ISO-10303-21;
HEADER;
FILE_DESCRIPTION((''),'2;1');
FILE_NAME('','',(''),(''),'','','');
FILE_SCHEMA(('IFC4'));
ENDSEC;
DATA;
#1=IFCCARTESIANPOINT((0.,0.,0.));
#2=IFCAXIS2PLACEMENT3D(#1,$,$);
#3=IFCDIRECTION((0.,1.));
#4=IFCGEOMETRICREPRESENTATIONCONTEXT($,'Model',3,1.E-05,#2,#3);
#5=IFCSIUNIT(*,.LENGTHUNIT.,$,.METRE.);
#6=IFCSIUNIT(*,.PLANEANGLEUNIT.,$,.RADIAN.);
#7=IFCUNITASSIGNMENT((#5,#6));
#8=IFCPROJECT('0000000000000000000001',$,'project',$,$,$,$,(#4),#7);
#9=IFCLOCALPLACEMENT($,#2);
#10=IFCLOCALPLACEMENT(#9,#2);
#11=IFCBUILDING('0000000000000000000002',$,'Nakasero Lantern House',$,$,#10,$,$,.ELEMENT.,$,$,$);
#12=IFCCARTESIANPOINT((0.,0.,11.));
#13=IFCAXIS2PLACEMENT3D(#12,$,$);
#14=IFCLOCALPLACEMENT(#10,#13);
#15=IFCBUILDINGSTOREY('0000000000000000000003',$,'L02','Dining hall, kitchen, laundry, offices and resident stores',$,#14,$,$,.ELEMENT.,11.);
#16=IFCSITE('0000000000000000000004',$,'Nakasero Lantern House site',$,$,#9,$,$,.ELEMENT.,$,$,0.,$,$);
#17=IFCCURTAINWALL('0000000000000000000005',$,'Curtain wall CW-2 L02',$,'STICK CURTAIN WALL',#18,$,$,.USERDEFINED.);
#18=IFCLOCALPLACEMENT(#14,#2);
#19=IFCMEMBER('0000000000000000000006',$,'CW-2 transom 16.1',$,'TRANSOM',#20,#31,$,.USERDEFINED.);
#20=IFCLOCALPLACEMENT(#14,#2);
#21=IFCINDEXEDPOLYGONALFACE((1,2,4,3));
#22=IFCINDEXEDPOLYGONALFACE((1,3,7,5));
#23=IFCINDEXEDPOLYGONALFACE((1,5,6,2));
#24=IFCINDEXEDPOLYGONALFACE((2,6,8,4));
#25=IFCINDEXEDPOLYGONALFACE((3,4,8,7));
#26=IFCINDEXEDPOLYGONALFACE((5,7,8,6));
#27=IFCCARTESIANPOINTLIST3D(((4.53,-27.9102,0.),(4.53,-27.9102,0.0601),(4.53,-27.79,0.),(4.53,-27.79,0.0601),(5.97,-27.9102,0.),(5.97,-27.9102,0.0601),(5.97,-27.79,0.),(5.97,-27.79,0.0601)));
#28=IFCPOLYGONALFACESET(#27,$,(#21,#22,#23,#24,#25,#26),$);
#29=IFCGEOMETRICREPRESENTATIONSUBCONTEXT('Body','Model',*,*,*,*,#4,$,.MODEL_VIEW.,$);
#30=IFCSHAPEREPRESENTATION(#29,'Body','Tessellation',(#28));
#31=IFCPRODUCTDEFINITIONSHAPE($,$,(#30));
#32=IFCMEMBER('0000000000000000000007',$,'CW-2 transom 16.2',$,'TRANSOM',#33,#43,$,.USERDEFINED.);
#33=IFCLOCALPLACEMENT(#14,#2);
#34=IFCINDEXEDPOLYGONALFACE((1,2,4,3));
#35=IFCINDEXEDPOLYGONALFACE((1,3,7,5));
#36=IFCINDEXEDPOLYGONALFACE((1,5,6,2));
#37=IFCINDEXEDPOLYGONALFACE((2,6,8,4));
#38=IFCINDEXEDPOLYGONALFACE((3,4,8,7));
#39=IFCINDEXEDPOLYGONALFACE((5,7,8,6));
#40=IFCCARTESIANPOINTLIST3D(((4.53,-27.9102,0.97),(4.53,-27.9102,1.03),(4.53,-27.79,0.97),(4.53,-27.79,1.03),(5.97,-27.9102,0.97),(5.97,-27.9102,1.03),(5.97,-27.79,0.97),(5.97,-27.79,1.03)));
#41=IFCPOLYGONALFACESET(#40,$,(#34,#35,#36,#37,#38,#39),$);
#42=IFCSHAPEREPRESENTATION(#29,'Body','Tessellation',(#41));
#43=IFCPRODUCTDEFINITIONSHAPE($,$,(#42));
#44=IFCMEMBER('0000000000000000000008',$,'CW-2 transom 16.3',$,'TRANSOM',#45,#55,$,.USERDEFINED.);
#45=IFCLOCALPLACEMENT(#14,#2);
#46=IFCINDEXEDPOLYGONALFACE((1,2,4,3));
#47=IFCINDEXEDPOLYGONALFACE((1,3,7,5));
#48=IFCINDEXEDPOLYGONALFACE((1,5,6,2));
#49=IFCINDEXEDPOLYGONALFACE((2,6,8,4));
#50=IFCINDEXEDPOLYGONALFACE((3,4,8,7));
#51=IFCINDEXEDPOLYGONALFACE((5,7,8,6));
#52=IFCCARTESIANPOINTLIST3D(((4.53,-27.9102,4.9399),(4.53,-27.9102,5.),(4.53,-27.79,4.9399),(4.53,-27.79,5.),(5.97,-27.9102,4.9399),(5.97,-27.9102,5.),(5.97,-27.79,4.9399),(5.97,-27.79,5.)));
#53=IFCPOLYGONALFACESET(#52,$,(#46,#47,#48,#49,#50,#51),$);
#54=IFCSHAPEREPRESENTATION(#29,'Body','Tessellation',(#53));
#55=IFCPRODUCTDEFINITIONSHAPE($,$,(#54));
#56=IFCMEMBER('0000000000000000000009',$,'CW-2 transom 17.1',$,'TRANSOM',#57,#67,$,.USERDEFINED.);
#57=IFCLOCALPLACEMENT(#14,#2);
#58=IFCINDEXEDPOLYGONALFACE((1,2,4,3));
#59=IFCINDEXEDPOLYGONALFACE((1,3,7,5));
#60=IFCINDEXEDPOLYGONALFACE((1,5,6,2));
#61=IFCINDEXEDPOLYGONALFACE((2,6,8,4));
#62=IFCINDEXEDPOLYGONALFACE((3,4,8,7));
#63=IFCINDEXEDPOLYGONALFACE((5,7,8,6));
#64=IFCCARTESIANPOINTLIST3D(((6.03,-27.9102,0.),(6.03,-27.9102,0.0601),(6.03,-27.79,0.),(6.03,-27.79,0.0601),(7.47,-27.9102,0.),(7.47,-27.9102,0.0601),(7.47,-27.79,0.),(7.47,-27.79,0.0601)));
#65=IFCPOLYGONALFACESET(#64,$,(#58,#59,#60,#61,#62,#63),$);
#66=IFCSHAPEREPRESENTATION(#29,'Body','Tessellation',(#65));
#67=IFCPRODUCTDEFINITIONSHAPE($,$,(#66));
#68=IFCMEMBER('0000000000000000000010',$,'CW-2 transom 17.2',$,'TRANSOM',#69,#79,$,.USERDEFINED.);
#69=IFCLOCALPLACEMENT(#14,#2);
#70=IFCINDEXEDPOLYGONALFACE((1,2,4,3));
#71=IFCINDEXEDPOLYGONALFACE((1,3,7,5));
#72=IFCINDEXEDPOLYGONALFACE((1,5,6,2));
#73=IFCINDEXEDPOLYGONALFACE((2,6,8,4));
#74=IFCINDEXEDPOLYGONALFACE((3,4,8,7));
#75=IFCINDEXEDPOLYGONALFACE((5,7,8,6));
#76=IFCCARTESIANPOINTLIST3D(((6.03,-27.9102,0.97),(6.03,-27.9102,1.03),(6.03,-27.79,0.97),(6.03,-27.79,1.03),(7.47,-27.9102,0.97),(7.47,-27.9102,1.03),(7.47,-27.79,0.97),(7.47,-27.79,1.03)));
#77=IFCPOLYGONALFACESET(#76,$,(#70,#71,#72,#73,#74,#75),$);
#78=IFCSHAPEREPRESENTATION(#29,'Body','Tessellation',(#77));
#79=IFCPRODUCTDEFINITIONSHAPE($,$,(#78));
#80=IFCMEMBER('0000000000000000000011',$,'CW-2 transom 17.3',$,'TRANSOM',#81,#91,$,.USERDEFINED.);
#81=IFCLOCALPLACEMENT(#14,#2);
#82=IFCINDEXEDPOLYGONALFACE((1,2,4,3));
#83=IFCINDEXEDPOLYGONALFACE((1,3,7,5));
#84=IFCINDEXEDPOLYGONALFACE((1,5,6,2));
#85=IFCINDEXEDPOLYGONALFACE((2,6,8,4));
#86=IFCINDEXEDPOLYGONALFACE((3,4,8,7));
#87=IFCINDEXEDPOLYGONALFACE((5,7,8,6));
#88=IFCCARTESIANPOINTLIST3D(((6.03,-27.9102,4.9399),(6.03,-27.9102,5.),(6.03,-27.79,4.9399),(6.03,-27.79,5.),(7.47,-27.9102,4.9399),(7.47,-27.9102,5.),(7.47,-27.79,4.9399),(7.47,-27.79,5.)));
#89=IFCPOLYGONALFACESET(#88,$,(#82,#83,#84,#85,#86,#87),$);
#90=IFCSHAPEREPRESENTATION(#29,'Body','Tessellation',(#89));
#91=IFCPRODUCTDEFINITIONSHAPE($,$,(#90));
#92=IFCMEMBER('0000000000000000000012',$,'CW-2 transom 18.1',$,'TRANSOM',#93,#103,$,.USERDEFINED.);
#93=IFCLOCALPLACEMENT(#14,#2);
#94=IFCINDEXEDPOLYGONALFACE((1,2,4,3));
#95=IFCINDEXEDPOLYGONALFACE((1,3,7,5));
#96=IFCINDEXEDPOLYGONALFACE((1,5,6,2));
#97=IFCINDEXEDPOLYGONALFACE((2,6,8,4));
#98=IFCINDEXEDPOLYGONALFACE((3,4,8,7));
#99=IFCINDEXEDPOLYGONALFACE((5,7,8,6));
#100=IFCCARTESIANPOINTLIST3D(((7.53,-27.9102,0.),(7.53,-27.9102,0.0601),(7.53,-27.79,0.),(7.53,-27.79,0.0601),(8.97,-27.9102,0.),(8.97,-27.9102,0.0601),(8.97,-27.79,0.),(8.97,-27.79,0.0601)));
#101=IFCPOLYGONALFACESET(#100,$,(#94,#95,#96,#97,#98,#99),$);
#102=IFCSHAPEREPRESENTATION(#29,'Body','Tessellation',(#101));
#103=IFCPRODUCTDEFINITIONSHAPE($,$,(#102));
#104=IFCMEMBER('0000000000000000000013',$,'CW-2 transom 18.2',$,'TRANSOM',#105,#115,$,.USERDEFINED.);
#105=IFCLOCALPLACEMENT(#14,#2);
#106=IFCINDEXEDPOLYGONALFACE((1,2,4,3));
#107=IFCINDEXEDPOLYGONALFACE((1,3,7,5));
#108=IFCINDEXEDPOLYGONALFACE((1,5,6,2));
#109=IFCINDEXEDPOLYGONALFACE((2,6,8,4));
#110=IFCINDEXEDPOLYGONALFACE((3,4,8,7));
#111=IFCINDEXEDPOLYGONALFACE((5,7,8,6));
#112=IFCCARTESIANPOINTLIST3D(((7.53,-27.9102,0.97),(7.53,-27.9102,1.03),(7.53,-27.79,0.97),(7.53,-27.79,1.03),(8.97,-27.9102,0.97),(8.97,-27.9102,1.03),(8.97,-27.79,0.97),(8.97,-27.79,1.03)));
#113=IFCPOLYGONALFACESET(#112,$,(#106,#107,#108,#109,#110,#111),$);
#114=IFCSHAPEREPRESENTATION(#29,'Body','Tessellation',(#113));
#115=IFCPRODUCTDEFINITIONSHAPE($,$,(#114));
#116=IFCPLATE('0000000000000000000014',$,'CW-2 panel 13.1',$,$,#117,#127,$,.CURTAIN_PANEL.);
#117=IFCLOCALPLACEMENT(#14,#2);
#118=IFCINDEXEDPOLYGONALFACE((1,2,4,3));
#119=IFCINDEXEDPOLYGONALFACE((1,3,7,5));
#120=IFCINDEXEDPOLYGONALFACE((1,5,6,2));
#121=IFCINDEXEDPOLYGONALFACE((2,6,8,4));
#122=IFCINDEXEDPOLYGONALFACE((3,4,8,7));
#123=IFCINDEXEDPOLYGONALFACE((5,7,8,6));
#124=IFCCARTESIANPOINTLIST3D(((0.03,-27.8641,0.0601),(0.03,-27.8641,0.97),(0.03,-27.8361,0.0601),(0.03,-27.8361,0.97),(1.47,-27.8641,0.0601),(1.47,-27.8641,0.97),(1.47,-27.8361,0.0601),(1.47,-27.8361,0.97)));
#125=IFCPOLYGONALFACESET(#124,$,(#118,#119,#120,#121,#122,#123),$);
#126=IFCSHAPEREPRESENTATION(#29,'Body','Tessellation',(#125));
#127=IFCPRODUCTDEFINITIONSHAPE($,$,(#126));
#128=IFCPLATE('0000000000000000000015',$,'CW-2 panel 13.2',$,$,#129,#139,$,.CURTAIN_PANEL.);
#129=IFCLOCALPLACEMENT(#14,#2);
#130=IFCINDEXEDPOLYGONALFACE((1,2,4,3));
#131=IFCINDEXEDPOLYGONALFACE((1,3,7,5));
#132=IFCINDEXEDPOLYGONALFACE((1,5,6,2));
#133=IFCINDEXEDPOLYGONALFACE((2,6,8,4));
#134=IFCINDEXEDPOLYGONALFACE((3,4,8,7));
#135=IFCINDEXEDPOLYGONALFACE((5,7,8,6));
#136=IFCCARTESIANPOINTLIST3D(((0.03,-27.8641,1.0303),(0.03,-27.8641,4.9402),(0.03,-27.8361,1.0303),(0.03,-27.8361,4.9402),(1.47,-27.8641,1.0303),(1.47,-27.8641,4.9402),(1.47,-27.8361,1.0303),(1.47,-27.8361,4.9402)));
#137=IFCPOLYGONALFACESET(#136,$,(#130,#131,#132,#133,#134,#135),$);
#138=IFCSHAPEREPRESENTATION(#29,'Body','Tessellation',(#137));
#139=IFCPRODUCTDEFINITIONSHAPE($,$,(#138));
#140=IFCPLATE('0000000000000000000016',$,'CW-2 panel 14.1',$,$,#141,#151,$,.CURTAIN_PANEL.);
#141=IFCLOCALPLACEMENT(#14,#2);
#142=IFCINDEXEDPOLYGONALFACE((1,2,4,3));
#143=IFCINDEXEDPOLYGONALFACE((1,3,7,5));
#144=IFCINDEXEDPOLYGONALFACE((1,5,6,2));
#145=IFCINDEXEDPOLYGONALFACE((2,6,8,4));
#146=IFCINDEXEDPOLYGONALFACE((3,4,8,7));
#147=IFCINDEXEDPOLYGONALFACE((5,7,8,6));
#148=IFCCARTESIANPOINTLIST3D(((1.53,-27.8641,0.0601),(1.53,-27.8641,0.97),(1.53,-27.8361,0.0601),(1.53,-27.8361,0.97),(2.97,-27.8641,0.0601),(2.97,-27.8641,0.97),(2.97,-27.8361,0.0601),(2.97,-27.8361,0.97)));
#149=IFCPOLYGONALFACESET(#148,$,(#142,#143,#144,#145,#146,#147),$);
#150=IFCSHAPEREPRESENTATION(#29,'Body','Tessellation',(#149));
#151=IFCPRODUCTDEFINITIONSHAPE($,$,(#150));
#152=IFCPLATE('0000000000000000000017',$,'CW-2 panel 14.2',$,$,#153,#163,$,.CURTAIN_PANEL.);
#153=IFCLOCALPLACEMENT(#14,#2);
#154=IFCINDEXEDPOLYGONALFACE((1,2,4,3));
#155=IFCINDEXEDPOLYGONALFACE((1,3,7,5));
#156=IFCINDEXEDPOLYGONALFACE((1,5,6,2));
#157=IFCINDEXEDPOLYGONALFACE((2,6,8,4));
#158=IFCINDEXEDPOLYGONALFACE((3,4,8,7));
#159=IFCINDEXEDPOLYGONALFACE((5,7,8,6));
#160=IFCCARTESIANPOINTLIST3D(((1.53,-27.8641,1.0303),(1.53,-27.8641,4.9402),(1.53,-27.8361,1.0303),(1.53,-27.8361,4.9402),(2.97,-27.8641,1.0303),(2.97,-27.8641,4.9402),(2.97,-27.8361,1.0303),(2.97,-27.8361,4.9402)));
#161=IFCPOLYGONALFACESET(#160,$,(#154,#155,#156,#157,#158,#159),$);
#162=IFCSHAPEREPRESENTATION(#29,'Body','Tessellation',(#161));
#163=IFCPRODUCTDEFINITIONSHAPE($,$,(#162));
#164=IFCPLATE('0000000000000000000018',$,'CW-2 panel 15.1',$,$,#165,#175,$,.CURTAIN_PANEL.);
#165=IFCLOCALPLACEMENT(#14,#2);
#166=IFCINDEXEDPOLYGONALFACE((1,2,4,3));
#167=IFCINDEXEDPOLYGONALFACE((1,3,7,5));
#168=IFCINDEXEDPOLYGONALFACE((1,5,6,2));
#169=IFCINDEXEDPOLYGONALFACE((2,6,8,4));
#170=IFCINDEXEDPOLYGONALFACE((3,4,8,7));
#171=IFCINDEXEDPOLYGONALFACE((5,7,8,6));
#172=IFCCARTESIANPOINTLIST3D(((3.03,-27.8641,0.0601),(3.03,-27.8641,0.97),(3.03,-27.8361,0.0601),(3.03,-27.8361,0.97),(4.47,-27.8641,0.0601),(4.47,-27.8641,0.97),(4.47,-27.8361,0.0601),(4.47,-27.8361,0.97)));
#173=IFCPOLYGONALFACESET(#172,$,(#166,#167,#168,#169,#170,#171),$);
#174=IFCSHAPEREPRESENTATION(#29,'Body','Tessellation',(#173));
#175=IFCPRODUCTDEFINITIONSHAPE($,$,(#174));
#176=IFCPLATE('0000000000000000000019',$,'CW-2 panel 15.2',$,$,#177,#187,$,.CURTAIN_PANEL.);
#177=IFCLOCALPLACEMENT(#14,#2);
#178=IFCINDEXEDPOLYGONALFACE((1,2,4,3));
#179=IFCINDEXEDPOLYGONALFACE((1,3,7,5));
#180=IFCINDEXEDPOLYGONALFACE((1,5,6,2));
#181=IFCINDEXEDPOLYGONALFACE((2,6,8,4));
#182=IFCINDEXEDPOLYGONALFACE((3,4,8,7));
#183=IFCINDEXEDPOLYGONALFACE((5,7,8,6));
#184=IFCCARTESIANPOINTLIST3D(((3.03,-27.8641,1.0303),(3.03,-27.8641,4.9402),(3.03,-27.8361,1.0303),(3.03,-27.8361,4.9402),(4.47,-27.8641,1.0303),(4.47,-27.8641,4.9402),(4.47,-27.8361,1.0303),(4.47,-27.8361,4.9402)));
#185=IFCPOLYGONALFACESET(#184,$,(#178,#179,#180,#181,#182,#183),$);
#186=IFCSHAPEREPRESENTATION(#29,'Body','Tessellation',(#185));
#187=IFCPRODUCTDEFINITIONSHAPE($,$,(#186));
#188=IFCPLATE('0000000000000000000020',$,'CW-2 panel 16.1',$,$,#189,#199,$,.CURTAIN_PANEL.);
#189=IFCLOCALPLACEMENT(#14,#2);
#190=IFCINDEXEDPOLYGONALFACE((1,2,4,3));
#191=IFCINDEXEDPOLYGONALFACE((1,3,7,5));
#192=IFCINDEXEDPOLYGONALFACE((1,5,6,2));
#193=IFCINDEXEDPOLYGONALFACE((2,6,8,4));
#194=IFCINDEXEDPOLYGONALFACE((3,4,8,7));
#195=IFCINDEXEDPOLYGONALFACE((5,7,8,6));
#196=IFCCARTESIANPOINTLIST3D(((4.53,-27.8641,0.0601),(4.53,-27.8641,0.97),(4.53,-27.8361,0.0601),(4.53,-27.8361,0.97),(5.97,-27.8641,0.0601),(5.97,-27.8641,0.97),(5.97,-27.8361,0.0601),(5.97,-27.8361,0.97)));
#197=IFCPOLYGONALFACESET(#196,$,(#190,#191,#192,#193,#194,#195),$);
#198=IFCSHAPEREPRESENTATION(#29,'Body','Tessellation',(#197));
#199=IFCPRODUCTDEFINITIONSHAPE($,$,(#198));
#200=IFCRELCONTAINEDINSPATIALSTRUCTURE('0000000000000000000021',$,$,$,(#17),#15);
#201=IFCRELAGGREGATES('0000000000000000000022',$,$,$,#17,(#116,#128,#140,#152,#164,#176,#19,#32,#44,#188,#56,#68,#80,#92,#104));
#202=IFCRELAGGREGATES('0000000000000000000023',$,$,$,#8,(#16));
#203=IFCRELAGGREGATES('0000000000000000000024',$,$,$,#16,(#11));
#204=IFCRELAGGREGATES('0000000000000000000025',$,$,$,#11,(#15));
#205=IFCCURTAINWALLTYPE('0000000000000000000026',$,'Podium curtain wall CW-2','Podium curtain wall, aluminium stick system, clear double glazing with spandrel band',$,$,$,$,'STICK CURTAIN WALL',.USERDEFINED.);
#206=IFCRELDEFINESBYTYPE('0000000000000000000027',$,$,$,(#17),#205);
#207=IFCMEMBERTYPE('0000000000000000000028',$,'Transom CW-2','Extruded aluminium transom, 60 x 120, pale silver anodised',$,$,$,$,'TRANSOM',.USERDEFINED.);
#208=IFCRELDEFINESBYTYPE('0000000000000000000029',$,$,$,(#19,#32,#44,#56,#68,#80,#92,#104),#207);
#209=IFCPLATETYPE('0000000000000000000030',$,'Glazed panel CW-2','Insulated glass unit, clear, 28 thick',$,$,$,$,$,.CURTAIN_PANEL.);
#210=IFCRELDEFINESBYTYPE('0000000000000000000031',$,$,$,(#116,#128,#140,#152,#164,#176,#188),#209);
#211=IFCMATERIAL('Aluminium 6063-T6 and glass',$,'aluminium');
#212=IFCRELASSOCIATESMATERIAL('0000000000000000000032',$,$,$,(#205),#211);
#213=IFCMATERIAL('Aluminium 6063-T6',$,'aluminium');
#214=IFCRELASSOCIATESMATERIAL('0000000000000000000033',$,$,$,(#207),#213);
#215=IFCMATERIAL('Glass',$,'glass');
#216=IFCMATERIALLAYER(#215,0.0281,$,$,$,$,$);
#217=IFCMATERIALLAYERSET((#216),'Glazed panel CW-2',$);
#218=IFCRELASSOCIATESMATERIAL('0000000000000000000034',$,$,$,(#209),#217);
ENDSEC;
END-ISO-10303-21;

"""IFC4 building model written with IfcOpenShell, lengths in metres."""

from ifc_helpers import new_model, si_unit, direction, frame, origin, origin_2d, place, context, subcontext, project, spatial, rectangle, extrude, material, layer, layer_set, material_profile, profile_set, type_object, element, aggregate, save


model = new_model("IFC4")

# Units and contexts
model_context = context("Model", 3, precision=1e-05, world=origin(), true_north=direction((0.0, 1.0)))
body_context = subcontext(model_context, "Body", "Model", "MODEL_VIEW")
ifc_project = project(units=[si_unit("LENGTHUNIT", "METRE"), si_unit("PLANEANGLEUNIT", "RADIAN")], contexts=[model_context])

# Site, building, storey
site_placement = place(None, origin())
site = spatial("IfcSite", under=ifc_project, at=site_placement, Name="Nakasero Lantern House site", CompositionType="ELEMENT", RefElevation=0.0)
building_placement = place(site_placement, origin())
building = spatial("IfcBuilding", under=site, at=building_placement, Name="Nakasero Lantern House", CompositionType="ELEMENT")
storey_placement = place(building_placement, frame((0.0, 0.0, 11.0)))
storey = spatial("IfcBuildingStorey", under=building, at=storey_placement, Name="L02", Description="Dining hall, kitchen, laundry, offices and resident stores", CompositionType="ELEMENT", Elevation=11.0)

# Curtain wall, members, plates
ifc_material_1 = material(Name="Aluminium 6063-T6 and glass", Category="aluminium")
curtain_wall_type = type_object("IfcCurtainWallType", Name="Podium curtain wall CW-2", Description="Podium curtain wall, aluminium stick system, clear double glazing with spandrel band", ElementType="STICK CURTAIN WALL", PredefinedType="USERDEFINED", material=ifc_material_1)
curtain_wall_placement = place(storey_placement, origin())
curtain_wall = element("IfcCurtainWall", 1, at=curtain_wall_placement, inside=storey, type_object=curtain_wall_type, Name="Curtain wall CW-2 L02", ObjectType="STICK CURTAIN WALL", PredefinedType="USERDEFINED")
ifc_material_2 = material(Name="Aluminium 6063-T6", Category="aluminium")
ifc_material_profile_1 = material_profile(ifc_material_2, rectangle(XDim=0.0601, YDim=0.1201, at=origin_2d()), Name="CW-2 transom 60x120")
ifc_profile_set_1 = profile_set([ifc_material_profile_1], Name="Aluminium 6063-T6")
member_type_1 = type_object("IfcMemberType", Name="Transom CW-2", Description="Extruded aluminium transom, 60 x 120, pale silver anodised", ElementType="TRANSOM", PredefinedType="USERDEFINED", material=ifc_profile_set_1)
member_1_placement = place(storey_placement, frame((4.53, -27.8501, 0.03), z_axis=(1.0, 0.0, 0.0), x_axis=(0.0, 0.0, 1.0)))
member_1 = element("IfcMember", 2, at=member_1_placement, type_object=member_type_1, Name="CW-2 transom 16.1", ObjectType="TRANSOM", PredefinedType="USERDEFINED", context=body_context, shape_type="SweptSolid", body=[
    extrude(rectangle(XDim=0.0601, YDim=0.1201, at=origin_2d()), origin(), (0.0, 0.0, 1.0), 1.4399),
])
member_2_placement = place(storey_placement, frame((4.53, -27.8501, 1.0), z_axis=(1.0, 0.0, 0.0), x_axis=(0.0, 0.0, 1.0)))
member_2 = element("IfcMember", 3, at=member_2_placement, type_object=member_type_1, Name="CW-2 transom 16.2", ObjectType="TRANSOM", PredefinedType="USERDEFINED", context=body_context, shape_type="SweptSolid", body=[
    extrude(rectangle(XDim=0.0601, YDim=0.1201, at=origin_2d()), origin(), (0.0, 0.0, 1.0), 1.4399),
])
member_3_placement = place(storey_placement, frame((4.53, -27.8501, 4.97), z_axis=(1.0, 0.0, 0.0), x_axis=(0.0, 0.0, 1.0)))
member_3 = element("IfcMember", 4, at=member_3_placement, type_object=member_type_1, Name="CW-2 transom 16.3", ObjectType="TRANSOM", PredefinedType="USERDEFINED", context=body_context, shape_type="SweptSolid", body=[
    extrude(rectangle(XDim=0.0601, YDim=0.1201, at=origin_2d()), origin(), (0.0, 0.0, 1.0), 1.4399),
])
member_4_placement = place(storey_placement, frame((6.03, -27.8501, 0.03), z_axis=(1.0, 0.0, 0.0), x_axis=(0.0, 0.0, 1.0)))
member_4 = element("IfcMember", 5, at=member_4_placement, type_object=member_type_1, Name="CW-2 transom 17.1", ObjectType="TRANSOM", PredefinedType="USERDEFINED", context=body_context, shape_type="SweptSolid", body=[
    extrude(rectangle(XDim=0.0601, YDim=0.1201, at=origin_2d()), origin(), (0.0, 0.0, 1.0), 1.4399),
])
member_5_placement = place(storey_placement, frame((6.03, -27.8501, 1.0), z_axis=(1.0, 0.0, 0.0), x_axis=(0.0, 0.0, 1.0)))
member_5 = element("IfcMember", 6, at=member_5_placement, type_object=member_type_1, Name="CW-2 transom 17.2", ObjectType="TRANSOM", PredefinedType="USERDEFINED", context=body_context, shape_type="SweptSolid", body=[
    extrude(rectangle(XDim=0.0601, YDim=0.1201, at=origin_2d()), origin(), (0.0, 0.0, 1.0), 1.4399),
])
member_6_placement = place(storey_placement, frame((6.03, -27.8501, 4.97), z_axis=(1.0, 0.0, 0.0), x_axis=(0.0, 0.0, 1.0)))
member_6 = element("IfcMember", 7, at=member_6_placement, type_object=member_type_1, Name="CW-2 transom 17.3", ObjectType="TRANSOM", PredefinedType="USERDEFINED", context=body_context, shape_type="SweptSolid", body=[
    extrude(rectangle(XDim=0.0601, YDim=0.1201, at=origin_2d()), origin(), (0.0, 0.0, 1.0), 1.4399),
])
member_7_placement = place(storey_placement, frame((7.53, -27.8501, 0.03), z_axis=(1.0, 0.0, 0.0), x_axis=(0.0, 0.0, 1.0)))
member_7 = element("IfcMember", 8, at=member_7_placement, type_object=member_type_1, Name="CW-2 transom 18.1", ObjectType="TRANSOM", PredefinedType="USERDEFINED", context=body_context, shape_type="SweptSolid", body=[
    extrude(rectangle(XDim=0.0601, YDim=0.1201, at=origin_2d()), origin(), (0.0, 0.0, 1.0), 1.4399),
])
member_8_placement = place(storey_placement, frame((7.53, -27.8501, 1.0), z_axis=(1.0, 0.0, 0.0), x_axis=(0.0, 0.0, 1.0)))
member_8 = element("IfcMember", 9, at=member_8_placement, type_object=member_type_1, Name="CW-2 transom 18.2", ObjectType="TRANSOM", PredefinedType="USERDEFINED", context=body_context, shape_type="SweptSolid", body=[
    extrude(rectangle(XDim=0.0601, YDim=0.1201, at=origin_2d()), origin(), (0.0, 0.0, 1.0), 1.4399),
])
ifc_material_3 = material(Name="Glass", Category="glass")
ifc_layer = layer(ifc_material_3, 0.0281)
ifc_layer_set = layer_set([ifc_layer], Name="Glazed panel CW-2")
plate_type = type_object("IfcPlateType", Name="Glazed panel CW-2", Description="Insulated glass unit, clear, 28 thick", PredefinedType="CURTAIN_PANEL", material=ifc_layer_set)
plate_1_placement = place(storey_placement, frame((0.75, -27.8501, 0.0601), z_axis=(0.0, 0.0, 1.0), x_axis=(1.0, 0.0, 0.0)))
plate_1 = element("IfcPlate", 10, at=plate_1_placement, type_object=plate_type, Name="CW-2 panel 13.1", PredefinedType="CURTAIN_PANEL", context=body_context, shape_type="SweptSolid", body=[
    extrude(rectangle(XDim=1.4399, YDim=0.0281, at=origin_2d()), origin(), (0.0, 0.0, 1.0), 0.9099),
])
plate_2_placement = place(storey_placement, frame((0.75, -27.8501, 1.0303), z_axis=(0.0, 0.0, 1.0), x_axis=(1.0, 0.0, 0.0)))
plate_2 = element("IfcPlate", 11, at=plate_2_placement, type_object=plate_type, Name="CW-2 panel 13.2", PredefinedType="CURTAIN_PANEL", context=body_context, shape_type="SweptSolid", body=[
    extrude(rectangle(XDim=1.4399, YDim=0.0281, at=origin_2d()), origin(), (0.0, 0.0, 1.0), 3.9099),
])
plate_3_placement = place(storey_placement, frame((2.25, -27.8501, 0.0601), z_axis=(0.0, 0.0, 1.0), x_axis=(1.0, 0.0, 0.0)))
plate_3 = element("IfcPlate", 12, at=plate_3_placement, type_object=plate_type, Name="CW-2 panel 14.1", PredefinedType="CURTAIN_PANEL", context=body_context, shape_type="SweptSolid", body=[
    extrude(rectangle(XDim=1.4399, YDim=0.0281, at=origin_2d()), origin(), (0.0, 0.0, 1.0), 0.9099),
])
plate_4_placement = place(storey_placement, frame((2.25, -27.8501, 1.0303), z_axis=(0.0, 0.0, 1.0), x_axis=(1.0, 0.0, 0.0)))
plate_4 = element("IfcPlate", 13, at=plate_4_placement, type_object=plate_type, Name="CW-2 panel 14.2", PredefinedType="CURTAIN_PANEL", context=body_context, shape_type="SweptSolid", body=[
    extrude(rectangle(XDim=1.4399, YDim=0.0281, at=origin_2d()), origin(), (0.0, 0.0, 1.0), 3.9099),
])
plate_5_placement = place(storey_placement, frame((3.75, -27.8501, 0.0601), z_axis=(0.0, 0.0, 1.0), x_axis=(1.0, 0.0, 0.0)))
plate_5 = element("IfcPlate", 14, at=plate_5_placement, type_object=plate_type, Name="CW-2 panel 15.1", PredefinedType="CURTAIN_PANEL", context=body_context, shape_type="SweptSolid", body=[
    extrude(rectangle(XDim=1.4399, YDim=0.0281, at=origin_2d()), origin(), (0.0, 0.0, 1.0), 0.9099),
])
plate_6_placement = place(storey_placement, frame((3.75, -27.8501, 1.0303), z_axis=(0.0, 0.0, 1.0), x_axis=(1.0, 0.0, 0.0)))
plate_6 = element("IfcPlate", 15, at=plate_6_placement, type_object=plate_type, Name="CW-2 panel 15.2", PredefinedType="CURTAIN_PANEL", context=body_context, shape_type="SweptSolid", body=[
    extrude(rectangle(XDim=1.4399, YDim=0.0281, at=origin_2d()), origin(), (0.0, 0.0, 1.0), 3.9099),
])
plate_7_placement = place(storey_placement, frame((5.25, -27.8501, 0.0601), z_axis=(0.0, 0.0, 1.0), x_axis=(1.0, 0.0, 0.0)))
plate_7 = element("IfcPlate", 16, at=plate_7_placement, type_object=plate_type, Name="CW-2 panel 16.1", PredefinedType="CURTAIN_PANEL", context=body_context, shape_type="SweptSolid", body=[
    extrude(rectangle(XDim=1.4399, YDim=0.0281, at=origin_2d()), origin(), (0.0, 0.0, 1.0), 0.9099),
])
aggregate(curtain_wall, [plate_1, plate_2, plate_3, plate_4, plate_5, plate_6, member_1, member_2, member_3, plate_7, member_4, member_5, member_6, member_7, member_8])

save(model, "model.ifc")
